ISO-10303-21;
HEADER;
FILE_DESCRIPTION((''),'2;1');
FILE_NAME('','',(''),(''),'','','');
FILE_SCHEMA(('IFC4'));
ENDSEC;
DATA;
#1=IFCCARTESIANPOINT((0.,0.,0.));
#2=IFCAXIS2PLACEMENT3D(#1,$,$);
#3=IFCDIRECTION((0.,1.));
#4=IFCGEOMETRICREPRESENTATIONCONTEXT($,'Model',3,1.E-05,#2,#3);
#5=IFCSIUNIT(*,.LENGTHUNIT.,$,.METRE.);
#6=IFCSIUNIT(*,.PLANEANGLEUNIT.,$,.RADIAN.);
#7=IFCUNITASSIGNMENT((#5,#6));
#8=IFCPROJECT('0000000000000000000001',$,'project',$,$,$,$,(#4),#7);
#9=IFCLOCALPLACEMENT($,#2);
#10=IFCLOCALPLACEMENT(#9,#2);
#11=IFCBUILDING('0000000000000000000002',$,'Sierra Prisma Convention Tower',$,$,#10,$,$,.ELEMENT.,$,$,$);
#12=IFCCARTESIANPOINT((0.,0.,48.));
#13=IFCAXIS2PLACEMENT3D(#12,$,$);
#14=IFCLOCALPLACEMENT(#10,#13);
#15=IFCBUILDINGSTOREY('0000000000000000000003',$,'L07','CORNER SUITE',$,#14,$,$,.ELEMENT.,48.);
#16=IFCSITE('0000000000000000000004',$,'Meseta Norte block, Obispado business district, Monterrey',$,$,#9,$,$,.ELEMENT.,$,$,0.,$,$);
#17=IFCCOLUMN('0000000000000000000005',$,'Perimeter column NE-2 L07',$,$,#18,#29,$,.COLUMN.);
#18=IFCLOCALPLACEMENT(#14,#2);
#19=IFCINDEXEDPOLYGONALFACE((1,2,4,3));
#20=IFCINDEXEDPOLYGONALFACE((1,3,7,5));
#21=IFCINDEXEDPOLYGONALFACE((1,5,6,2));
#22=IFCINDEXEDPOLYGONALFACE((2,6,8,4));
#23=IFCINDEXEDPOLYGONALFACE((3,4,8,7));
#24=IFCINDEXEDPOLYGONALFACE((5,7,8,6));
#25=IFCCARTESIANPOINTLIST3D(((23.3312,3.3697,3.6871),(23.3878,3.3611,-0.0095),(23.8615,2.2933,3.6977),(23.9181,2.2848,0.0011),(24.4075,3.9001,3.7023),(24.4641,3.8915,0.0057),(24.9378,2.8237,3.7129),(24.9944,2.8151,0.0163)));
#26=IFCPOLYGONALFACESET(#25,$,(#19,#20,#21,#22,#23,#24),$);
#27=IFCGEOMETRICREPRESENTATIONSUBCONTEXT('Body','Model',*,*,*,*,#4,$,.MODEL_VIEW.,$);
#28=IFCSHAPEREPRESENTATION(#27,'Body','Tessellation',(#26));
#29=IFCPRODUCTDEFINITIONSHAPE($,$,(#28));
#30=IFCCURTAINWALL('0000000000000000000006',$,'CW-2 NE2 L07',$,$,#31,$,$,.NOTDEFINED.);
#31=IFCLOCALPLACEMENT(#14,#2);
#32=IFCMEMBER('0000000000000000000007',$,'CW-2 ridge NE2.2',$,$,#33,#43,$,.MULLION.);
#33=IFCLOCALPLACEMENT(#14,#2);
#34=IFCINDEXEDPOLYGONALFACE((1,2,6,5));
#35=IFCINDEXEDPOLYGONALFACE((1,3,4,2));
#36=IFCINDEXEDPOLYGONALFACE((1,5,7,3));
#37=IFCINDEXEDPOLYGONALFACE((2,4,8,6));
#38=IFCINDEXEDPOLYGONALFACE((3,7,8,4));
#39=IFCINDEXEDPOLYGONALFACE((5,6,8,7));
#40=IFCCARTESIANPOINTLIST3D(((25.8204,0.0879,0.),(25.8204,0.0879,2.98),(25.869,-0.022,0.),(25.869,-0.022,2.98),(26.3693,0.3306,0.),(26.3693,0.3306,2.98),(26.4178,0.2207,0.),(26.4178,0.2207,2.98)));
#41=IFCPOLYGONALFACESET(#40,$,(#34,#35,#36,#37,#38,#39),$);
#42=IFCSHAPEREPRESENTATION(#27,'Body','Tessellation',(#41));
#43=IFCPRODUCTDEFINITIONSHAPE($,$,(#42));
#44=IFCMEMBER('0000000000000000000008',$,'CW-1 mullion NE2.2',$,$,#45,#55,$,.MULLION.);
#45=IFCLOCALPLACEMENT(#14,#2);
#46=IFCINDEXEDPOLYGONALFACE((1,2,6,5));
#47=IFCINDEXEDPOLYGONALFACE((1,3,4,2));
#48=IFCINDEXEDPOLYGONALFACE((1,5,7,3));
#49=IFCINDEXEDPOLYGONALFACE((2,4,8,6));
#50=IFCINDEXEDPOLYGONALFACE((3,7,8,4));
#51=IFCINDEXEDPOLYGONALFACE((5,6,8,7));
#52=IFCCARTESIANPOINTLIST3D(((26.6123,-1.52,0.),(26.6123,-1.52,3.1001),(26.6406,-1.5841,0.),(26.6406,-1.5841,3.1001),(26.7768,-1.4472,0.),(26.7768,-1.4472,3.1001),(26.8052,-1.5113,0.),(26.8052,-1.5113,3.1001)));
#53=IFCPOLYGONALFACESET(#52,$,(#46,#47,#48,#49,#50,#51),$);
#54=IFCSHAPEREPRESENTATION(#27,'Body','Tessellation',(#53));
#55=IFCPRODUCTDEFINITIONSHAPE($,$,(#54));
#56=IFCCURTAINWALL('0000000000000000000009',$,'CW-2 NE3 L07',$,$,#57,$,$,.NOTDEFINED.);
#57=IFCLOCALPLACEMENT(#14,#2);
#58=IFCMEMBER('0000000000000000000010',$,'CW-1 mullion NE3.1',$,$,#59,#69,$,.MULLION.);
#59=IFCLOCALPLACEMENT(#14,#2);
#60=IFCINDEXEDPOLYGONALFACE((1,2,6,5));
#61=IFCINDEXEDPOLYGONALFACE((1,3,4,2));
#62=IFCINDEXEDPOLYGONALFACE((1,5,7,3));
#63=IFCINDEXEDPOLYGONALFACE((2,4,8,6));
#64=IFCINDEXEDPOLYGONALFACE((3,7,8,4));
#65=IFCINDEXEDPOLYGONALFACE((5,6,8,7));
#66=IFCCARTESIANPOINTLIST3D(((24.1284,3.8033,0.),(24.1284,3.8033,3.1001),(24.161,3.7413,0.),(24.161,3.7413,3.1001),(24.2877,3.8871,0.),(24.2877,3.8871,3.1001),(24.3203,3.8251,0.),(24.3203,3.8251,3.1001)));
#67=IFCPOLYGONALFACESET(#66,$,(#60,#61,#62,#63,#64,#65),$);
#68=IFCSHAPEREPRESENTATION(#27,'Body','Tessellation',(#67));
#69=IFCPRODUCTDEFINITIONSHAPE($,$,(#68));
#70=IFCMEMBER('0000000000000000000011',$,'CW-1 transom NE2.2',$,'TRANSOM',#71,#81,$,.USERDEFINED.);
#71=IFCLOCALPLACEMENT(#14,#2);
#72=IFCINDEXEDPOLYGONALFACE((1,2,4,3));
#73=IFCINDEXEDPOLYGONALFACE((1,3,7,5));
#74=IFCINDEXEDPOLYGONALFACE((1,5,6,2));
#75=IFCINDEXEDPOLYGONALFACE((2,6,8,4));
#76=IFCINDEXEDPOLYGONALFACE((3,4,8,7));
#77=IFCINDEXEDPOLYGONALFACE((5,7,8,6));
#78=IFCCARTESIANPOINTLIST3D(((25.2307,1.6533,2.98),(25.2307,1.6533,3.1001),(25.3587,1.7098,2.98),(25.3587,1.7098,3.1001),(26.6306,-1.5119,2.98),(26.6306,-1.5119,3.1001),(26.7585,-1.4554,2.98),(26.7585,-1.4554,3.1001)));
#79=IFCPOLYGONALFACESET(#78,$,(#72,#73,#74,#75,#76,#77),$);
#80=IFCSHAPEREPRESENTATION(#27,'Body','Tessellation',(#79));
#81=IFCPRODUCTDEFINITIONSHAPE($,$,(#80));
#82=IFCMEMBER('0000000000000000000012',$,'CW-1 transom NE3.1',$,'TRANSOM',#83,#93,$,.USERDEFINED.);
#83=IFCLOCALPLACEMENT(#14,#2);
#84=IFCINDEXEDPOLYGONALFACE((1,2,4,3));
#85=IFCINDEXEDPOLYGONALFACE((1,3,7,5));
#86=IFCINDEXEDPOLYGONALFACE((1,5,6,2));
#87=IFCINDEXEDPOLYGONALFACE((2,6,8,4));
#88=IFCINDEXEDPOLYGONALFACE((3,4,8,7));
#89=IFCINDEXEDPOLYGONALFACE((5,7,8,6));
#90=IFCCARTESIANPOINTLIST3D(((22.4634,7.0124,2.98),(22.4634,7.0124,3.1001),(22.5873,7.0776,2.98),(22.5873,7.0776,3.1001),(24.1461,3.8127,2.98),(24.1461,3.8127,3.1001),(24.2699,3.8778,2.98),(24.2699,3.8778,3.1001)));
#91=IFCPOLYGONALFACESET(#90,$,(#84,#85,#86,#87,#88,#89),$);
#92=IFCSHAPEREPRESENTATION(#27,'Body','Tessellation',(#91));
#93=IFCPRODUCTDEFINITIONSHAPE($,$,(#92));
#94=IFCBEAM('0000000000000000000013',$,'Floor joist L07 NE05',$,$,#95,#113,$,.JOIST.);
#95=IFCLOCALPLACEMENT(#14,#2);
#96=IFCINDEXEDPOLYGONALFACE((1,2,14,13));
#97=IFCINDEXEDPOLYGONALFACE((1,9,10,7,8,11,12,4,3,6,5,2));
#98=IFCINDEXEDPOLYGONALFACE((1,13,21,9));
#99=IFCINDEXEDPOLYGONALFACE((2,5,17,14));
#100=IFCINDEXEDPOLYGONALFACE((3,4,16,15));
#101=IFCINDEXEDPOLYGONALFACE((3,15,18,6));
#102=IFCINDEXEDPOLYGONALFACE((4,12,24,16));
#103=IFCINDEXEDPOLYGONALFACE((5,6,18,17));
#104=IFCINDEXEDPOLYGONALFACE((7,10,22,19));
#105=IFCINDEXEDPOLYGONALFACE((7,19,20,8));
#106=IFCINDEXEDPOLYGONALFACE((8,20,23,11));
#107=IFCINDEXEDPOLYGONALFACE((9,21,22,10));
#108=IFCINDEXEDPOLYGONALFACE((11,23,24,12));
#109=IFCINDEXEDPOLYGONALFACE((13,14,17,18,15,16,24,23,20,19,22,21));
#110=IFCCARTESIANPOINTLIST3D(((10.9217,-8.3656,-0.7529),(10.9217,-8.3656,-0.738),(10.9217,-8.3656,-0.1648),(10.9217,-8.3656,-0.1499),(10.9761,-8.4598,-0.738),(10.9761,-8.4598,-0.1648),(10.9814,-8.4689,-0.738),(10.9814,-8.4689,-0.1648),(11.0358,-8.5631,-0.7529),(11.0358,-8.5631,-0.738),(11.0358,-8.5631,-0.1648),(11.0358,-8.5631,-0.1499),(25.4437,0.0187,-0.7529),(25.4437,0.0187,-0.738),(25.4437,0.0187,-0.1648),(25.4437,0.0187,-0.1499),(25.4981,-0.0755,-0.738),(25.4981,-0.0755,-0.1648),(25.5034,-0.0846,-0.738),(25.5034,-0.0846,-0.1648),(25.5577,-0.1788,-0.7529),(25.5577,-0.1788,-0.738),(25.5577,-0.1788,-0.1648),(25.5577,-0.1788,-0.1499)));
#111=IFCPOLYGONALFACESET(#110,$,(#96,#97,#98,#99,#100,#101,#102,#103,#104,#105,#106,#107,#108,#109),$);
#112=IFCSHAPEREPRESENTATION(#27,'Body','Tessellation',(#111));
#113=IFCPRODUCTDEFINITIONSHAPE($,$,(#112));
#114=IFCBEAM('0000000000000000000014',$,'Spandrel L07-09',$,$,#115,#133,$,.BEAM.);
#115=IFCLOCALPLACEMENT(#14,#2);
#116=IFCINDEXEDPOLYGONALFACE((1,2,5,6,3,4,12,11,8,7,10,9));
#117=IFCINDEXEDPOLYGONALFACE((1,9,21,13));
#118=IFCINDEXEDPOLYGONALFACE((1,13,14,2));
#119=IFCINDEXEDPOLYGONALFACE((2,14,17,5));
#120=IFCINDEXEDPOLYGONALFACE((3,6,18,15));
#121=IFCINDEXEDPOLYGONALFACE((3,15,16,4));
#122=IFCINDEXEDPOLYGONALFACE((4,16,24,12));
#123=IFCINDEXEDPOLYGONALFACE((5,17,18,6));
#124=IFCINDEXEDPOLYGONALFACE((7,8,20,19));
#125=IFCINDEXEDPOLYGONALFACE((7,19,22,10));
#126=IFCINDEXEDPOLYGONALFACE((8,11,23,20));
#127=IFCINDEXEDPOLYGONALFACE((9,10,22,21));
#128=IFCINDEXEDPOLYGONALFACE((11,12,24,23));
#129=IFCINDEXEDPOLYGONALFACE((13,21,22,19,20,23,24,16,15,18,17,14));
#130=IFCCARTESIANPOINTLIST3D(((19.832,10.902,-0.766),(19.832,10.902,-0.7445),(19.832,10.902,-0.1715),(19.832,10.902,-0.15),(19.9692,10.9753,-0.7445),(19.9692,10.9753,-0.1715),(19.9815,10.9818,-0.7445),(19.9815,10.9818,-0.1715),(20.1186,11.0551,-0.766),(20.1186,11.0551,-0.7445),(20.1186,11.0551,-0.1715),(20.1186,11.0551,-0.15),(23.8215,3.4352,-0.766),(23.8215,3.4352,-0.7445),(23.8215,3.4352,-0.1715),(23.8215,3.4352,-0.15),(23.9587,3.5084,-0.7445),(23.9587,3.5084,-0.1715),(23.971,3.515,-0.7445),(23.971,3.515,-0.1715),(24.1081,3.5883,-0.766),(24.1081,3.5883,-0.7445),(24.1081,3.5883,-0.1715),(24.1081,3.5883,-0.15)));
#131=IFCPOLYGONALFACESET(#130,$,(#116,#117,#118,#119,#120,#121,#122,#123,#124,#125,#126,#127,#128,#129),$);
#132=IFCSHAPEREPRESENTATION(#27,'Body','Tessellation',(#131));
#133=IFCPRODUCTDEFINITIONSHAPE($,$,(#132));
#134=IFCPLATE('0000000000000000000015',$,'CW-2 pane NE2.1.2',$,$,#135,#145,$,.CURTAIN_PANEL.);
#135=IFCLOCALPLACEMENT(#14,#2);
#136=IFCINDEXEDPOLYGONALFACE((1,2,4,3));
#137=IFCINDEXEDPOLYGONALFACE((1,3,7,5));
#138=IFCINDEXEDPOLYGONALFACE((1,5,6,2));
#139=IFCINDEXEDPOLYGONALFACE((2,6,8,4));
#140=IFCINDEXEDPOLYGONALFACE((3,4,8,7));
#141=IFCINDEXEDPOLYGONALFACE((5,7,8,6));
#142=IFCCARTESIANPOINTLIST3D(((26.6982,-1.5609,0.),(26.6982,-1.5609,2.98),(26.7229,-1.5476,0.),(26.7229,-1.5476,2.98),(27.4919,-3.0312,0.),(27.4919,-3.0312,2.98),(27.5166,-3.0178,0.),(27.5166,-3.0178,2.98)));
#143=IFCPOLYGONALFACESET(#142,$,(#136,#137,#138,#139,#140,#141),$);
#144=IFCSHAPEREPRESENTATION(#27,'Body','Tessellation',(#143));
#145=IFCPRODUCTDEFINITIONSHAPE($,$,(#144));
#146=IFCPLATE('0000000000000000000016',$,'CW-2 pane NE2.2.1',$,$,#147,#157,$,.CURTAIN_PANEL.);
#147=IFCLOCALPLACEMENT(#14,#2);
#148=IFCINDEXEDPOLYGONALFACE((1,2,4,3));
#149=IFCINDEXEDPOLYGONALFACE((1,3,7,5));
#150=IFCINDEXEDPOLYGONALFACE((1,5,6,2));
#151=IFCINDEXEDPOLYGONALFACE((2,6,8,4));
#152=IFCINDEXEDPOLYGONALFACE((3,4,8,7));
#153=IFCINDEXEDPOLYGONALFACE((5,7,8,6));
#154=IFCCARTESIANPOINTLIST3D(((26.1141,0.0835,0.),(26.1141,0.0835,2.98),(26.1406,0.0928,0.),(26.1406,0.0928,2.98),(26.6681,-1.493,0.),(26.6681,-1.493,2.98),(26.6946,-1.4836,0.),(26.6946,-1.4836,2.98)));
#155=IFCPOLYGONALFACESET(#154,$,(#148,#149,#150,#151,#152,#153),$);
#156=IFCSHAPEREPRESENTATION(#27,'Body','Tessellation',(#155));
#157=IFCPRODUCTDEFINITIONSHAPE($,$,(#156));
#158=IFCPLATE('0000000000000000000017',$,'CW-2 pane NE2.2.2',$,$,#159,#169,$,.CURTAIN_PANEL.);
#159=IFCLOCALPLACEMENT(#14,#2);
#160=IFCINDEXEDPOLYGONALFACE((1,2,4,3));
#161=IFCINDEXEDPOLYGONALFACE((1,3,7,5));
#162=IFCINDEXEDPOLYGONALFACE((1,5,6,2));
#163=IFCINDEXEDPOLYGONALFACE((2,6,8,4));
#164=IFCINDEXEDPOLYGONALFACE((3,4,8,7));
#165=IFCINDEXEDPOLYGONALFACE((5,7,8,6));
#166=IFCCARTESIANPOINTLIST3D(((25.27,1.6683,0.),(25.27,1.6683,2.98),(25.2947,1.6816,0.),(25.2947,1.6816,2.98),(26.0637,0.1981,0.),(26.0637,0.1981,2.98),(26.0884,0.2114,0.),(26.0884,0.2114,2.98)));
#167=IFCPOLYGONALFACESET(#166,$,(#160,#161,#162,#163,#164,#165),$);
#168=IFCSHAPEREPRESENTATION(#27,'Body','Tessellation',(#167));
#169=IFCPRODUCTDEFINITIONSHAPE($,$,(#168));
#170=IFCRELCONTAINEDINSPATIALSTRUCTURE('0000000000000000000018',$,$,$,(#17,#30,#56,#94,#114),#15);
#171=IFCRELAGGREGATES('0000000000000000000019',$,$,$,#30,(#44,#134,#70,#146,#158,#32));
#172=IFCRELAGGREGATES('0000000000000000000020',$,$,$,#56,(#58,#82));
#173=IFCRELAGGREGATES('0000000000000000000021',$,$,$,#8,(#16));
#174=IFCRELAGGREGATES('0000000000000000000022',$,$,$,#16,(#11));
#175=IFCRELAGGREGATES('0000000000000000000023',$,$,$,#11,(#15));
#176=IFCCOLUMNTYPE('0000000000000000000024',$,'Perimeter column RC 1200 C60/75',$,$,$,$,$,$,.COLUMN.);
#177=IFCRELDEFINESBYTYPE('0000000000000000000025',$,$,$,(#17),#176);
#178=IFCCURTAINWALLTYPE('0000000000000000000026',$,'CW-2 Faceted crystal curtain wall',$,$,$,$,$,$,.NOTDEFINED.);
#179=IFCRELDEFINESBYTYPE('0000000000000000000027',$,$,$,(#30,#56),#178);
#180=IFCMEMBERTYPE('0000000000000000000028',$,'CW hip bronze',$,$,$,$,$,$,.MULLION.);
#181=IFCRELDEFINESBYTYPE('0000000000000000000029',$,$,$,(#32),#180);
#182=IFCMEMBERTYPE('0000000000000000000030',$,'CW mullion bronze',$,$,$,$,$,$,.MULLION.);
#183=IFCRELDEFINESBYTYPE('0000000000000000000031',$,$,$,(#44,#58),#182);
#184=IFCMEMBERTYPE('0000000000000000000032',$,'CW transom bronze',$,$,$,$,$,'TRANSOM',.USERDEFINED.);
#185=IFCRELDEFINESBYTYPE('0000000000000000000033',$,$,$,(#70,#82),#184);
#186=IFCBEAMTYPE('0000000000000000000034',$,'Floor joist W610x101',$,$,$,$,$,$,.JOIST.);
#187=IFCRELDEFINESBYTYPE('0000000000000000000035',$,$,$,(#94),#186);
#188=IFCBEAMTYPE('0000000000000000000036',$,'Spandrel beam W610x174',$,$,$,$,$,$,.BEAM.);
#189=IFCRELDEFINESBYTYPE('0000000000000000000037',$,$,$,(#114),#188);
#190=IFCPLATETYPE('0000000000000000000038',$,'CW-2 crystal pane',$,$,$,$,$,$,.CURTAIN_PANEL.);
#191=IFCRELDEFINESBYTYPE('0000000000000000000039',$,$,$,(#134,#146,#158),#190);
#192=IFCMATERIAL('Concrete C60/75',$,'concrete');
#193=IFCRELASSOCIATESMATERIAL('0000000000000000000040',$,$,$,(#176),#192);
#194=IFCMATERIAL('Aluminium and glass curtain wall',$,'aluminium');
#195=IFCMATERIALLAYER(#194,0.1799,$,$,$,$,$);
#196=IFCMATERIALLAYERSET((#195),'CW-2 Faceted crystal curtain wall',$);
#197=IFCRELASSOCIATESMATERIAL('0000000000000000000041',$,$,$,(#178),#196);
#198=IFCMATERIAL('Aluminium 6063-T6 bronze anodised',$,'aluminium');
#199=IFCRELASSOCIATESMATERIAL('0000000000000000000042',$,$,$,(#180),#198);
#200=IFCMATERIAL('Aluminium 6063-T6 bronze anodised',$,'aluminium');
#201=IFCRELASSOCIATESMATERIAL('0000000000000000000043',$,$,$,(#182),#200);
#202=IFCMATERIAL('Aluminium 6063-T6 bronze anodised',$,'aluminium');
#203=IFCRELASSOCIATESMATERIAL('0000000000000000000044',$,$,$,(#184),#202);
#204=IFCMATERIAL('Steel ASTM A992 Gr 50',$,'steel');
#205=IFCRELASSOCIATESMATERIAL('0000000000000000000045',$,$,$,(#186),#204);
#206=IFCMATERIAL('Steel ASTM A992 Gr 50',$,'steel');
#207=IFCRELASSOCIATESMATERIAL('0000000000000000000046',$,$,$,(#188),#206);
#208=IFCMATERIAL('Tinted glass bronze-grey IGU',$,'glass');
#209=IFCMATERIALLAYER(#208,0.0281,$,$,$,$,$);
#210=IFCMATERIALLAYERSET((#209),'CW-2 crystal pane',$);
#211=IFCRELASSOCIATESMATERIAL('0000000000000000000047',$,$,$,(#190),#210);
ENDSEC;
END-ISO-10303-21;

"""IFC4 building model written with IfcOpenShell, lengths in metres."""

from ifc_helpers import new_model, si_unit, direction, frame, origin, origin_2d, place, context, subcontext, project, spatial, polyline, rectangle, i_section, outline, extrude, clip, halfspace, material, layer, layer_set, material_profile, profile_set, type_object, element, aggregate, save


model = new_model("IFC4")

# Units and contexts
model_context = context("Model", 3, precision=1e-05, world=origin(), true_north=direction((0.0, 1.0)))
body_context = subcontext(model_context, "Body", "Model", "MODEL_VIEW")
ifc_project = project(units=[si_unit("LENGTHUNIT", "METRE"), si_unit("PLANEANGLEUNIT", "RADIAN")], contexts=[model_context])

# Site, building, storey
site_placement = place(None, origin())
site = spatial("IfcSite", under=ifc_project, at=site_placement, Name="Meseta Norte block, Obispado business district, Monterrey", CompositionType="ELEMENT", RefElevation=0.0)
building_placement = place(site_placement, origin())
building = spatial("IfcBuilding", under=site, at=building_placement, Name="Sierra Prisma Convention Tower", CompositionType="ELEMENT")
storey_placement = place(building_placement, frame((0.0, 0.0, 48.0)))
storey = spatial("IfcBuildingStorey", under=building, at=storey_placement, Name="L07", Description="CORNER SUITE", CompositionType="ELEMENT", Elevation=48.0)

# Column
ifc_material_1 = material(Name="Concrete C60/75", Category="concrete")
ifc_material_profile_1 = material_profile(ifc_material_1, rectangle(XDim=1.2, YDim=1.2, at=origin_2d()), Name="Perimeter column RC 1200 C60/75")
ifc_profile_set_1 = profile_set([ifc_material_profile_1], Name="Concrete C60/75")
column_type = type_object("IfcColumnType", Name="Perimeter column RC 1200 C60/75", PredefinedType="COLUMN", material=ifc_profile_set_1)
column_placement = place(storey_placement, frame((24.1912, 3.0881, 0.0), z_axis=(-0.015307, 0.002309, 0.99988), x_axis=(-0.441921, 0.897011, -0.008837)))
element("IfcColumn", 1, at=column_placement, inside=storey, type_object=column_type, Name="Perimeter column NE-2 L07", PredefinedType="COLUMN", context=body_context, shape_type="SweptSolid", body=[
    clip(extrude(rectangle(XDim=1.2, YDim=1.2, at=origin_2d()), origin(), (0.0, 0.0, 1.0), 3.7004), halfspace(frame((0.0, 0.0, 0.0034)), True)),
])

# Curtain wall, members
ifc_material_2 = material(Name="Aluminium and glass curtain wall", Category="aluminium")
ifc_layer_1 = layer(ifc_material_2, 0.1799)
ifc_layer_set_1 = layer_set([ifc_layer_1], Name="CW-2 Faceted crystal curtain wall")
curtain_wall_type = type_object("IfcCurtainWallType", Name="CW-2 Faceted crystal curtain wall", PredefinedType="NOTDEFINED", material=ifc_layer_set_1)
curtain_wall_1_placement = place(storey_placement, origin())
curtain_wall_1 = element("IfcCurtainWall", 2, at=curtain_wall_1_placement, inside=storey, type_object=curtain_wall_type, Name="CW-2 NE2 L07", PredefinedType="NOTDEFINED")
ifc_material_3 = material(Name="Aluminium 6063-T6 bronze anodised", Category="aluminium")
ifc_material_profile_2 = material_profile(ifc_material_3, rectangle(XDim=0.1201, YDim=0.6001, at=origin_2d()), Name="ALU RIDGE BLADE 120x600")
ifc_profile_set_2 = profile_set([ifc_material_profile_2], Name="Aluminium 6063-T6 bronze anodised")
member_type_1 = type_object("IfcMemberType", Name="CW hip bronze", PredefinedType="MULLION", material=ifc_profile_set_2)
member_1_placement = place(storey_placement, frame((26.1191, 0.1543, 0.0), z_axis=(0.0, 0.0, 1.0), x_axis=(-0.404506, 0.914535, 0.0)))
member_1 = element("IfcMember", 3, at=member_1_placement, type_object=member_type_1, Name="CW-2 ridge NE2.2", PredefinedType="MULLION", context=body_context, shape_type="SweptSolid", body=[
    extrude(rectangle(XDim=0.1201, YDim=0.6001, at=origin_2d()), origin(), (0.0, 0.0, 1.0), 2.98),
])
ifc_material_4 = material(Name="Aluminium 6063-T6 bronze anodised", Category="aluminium")
ifc_material_profile_3 = material_profile(ifc_material_4, rectangle(XDim=0.1799, YDim=0.0701, at=origin_2d()), Name="ALU MULLION 70x180")
ifc_profile_set_3 = profile_set([ifc_material_profile_3], Name="Aluminium 6063-T6 bronze anodised")
member_type_2 = type_object("IfcMemberType", Name="CW mullion bronze", PredefinedType="MULLION", material=ifc_profile_set_3)
member_2_placement = place(storey_placement, frame((26.7087, -1.5156, 0.0), z_axis=(0.0, 0.0, 1.0), x_axis=(-0.914535, -0.404506, 0.0)))
member_2 = element("IfcMember", 4, at=member_2_placement, type_object=member_type_2, Name="CW-1 mullion NE2.2", PredefinedType="MULLION", context=body_context, shape_type="SweptSolid", body=[
    extrude(rectangle(XDim=0.1799, YDim=0.0701, at=origin_2d()), origin(), (0.0, 0.0, 1.0), 3.1001),
])

# Curtain wall, member
curtain_wall_2_placement = place(storey_placement, origin())
curtain_wall_2 = element("IfcCurtainWall", 5, at=curtain_wall_2_placement, inside=storey, type_object=curtain_wall_type, Name="CW-2 NE3 L07", PredefinedType="NOTDEFINED")
member_3_placement = place(storey_placement, frame((24.2244, 3.8142, 0.0), z_axis=(0.0, 0.0, 1.0), x_axis=(-0.885085, -0.46543, 0.0)))
member_3 = element("IfcMember", 6, at=member_3_placement, type_object=member_type_2, Name="CW-1 mullion NE3.1", PredefinedType="MULLION", context=body_context, shape_type="SweptSolid", body=[
    extrude(rectangle(XDim=0.1799, YDim=0.0701, at=origin_2d()), origin(), (0.0, 0.0, 1.0), 3.1001),
])

# Members
ifc_material_5 = material(Name="Aluminium 6063-T6 bronze anodised", Category="aluminium")
ifc_material_profile_4 = material_profile(ifc_material_5, rectangle(XDim=0.1399, YDim=0.1201, at=origin_2d()), Name="ALU TRANSOM 120x140")
ifc_profile_set_4 = profile_set([ifc_material_profile_4], Name="Aluminium 6063-T6 bronze anodised")
member_type_3 = type_object("IfcMemberType", Name="CW transom bronze", ElementType="TRANSOM", PredefinedType="USERDEFINED", material=ifc_profile_set_4)
member_4_placement = place(storey_placement, frame((26.6946, -1.4836, 3.04), z_axis=(-0.404475, 0.914549, 0.0), x_axis=(-0.914549, -0.404475, 0.0)))
member_4 = element("IfcMember", 7, at=member_4_placement, type_object=member_type_3, Name="CW-1 transom NE2.2", ObjectType="TRANSOM", PredefinedType="USERDEFINED", context=body_context, shape_type="SweptSolid", body=[
    extrude(rectangle(XDim=0.1399, YDim=0.1201, at=origin_2d()), origin(), (0.0, 0.0, 1.0), 3.4609),
])
member_5_placement = place(storey_placement, frame((24.208, 3.8452, 3.04), z_axis=(-0.465435, 0.885082, 0.0), x_axis=(-0.885082, -0.465435, 0.0)))
member_5 = element("IfcMember", 8, at=member_5_placement, type_object=member_type_3, Name="CW-1 transom NE3.1", ObjectType="TRANSOM", PredefinedType="USERDEFINED", context=body_context, shape_type="SweptSolid", body=[
    extrude(rectangle(XDim=0.1399, YDim=0.1201, at=origin_2d()), origin(), (0.0, 0.0, 1.0), 3.6152),
])

# Beams
ifc_material_6 = material(Name="Steel ASTM A992 Gr 50", Category="steel")
ifc_material_profile_5 = material_profile(ifc_material_6, i_section(OverallWidth=0.228, OverallDepth=0.603, WebThickness=0.0105, FlangeThickness=0.0149, at=origin_2d()), Name="W610x101")
ifc_profile_set_5 = profile_set([ifc_material_profile_5], Name="Steel ASTM A992 Gr 50")
beam_type_1 = type_object("IfcBeamType", Name="Floor joist W610x101", PredefinedType="JOIST", material=ifc_profile_set_5)
beam_1_placement = place(storey_placement, frame((25.5007, -0.0801, -0.4514), z_axis=(-0.866025, -0.500001, 0.0), x_axis=(0.500001, -0.866025, 0.0)))
element("IfcBeam", 9, at=beam_1_placement, inside=storey, type_object=beam_type_1, Name="Floor joist L07 NE05", PredefinedType="JOIST", context=body_context, shape_type="SweptSolid", body=[
    extrude(i_section(OverallWidth=0.228, OverallDepth=0.603, WebThickness=0.0105, FlangeThickness=0.0149, at=origin_2d()), origin(), (0.0, 0.0, 1.0), 16.7686),
])
ifc_material_7 = material(Name="Steel ASTM A992 Gr 50", Category="steel")
ifc_material_profile_6 = material_profile(ifc_material_7, i_section(OverallWidth=0.325, OverallDepth=0.616, WebThickness=0.0139, FlangeThickness=0.0215, at=origin_2d()), Name="W610x174")
ifc_profile_set_6 = profile_set([ifc_material_profile_6], Name="Steel ASTM A992 Gr 50")
beam_type_2 = type_object("IfcBeamType", Name="Spandrel beam W610x174", PredefinedType="BEAM", material=ifc_profile_set_6)
beam_2_placement = place(storey_placement, frame((23.9648, 3.5117, -0.458), z_axis=(-0.471251, 0.881999, 0.0), x_axis=(-0.881999, -0.471251, 0.0)))
element("IfcBeam", 10, at=beam_2_placement, inside=storey, type_object=beam_type_2, Name="Spandrel L07-09", PredefinedType="BEAM", context=body_context, shape_type="SweptSolid", body=[
    extrude(i_section(OverallWidth=0.325, OverallDepth=0.616, WebThickness=0.0139, FlangeThickness=0.0215, at=origin_2d()), origin(), (0.0, 0.0, 1.0), 8.4658),
])

# Plates
ifc_material_8 = material(Name="Tinted glass bronze-grey IGU", Category="glass")
ifc_layer_2 = layer(ifc_material_8, 0.0281)
ifc_layer_set_2 = layer_set([ifc_layer_2], Name="CW-2 crystal pane")
plate_type = type_object("IfcPlateType", Name="CW-2 crystal pane", PredefinedType="CURTAIN_PANEL", material=ifc_layer_set_2)
plate_1_placement = place(storey_placement, frame((26.7229, -1.5476, 0.0), z_axis=(0.879959, 0.475049, 0.0), x_axis=(0.475049, -0.879959, 0.0)))
plate_1 = element("IfcPlate", 11, at=plate_1_placement, type_object=plate_type, Name="CW-2 pane NE2.1.2", PredefinedType="CURTAIN_PANEL", context=body_context, shape_type="SweptSolid", body=[
    extrude(outline(polyline([(0.0, 0.0), (1.6708, 0.0), (1.6708, -2.98), (0.0, -2.98), (0.0, 0.0)])), origin(), (0.0, 0.0, -1.0), 0.0281),
])
plate_2_placement = place(storey_placement, frame((26.6946, -1.4836, 0.0), z_axis=(0.943445, 0.331528, 0.0), x_axis=(-0.331528, 0.943445, 0.0)))
plate_2 = element("IfcPlate", 12, at=plate_2_placement, type_object=plate_type, Name="CW-2 pane NE2.2.1", PredefinedType="CURTAIN_PANEL", context=body_context, shape_type="SweptSolid", body=[
    extrude(outline(polyline([(0.0, 0.0), (1.6709, 0.0), (1.6709, 2.98), (0.0, 2.98), (0.0, 0.0)])), origin(), (0.0, 0.0, -1.0), 0.0281),
])
plate_3_placement = place(storey_placement, frame((25.2947, 1.6816, 0.0), z_axis=(0.879959, 0.475049, 0.0), x_axis=(0.475049, -0.879959, 0.0)))
plate_3 = element("IfcPlate", 13, at=plate_3_placement, type_object=plate_type, Name="CW-2 pane NE2.2.2", PredefinedType="CURTAIN_PANEL", context=body_context, shape_type="SweptSolid", body=[
    extrude(outline(polyline([(0.0, 0.0), (1.6708, 0.0), (1.6708, -2.98), (0.0, -2.98), (0.0, 0.0)])), origin(), (0.0, 0.0, -1.0), 0.0281),
])
aggregate(curtain_wall_1, [member_2, plate_1, member_4, plate_2, plate_3, member_1])
aggregate(curtain_wall_2, [member_3, member_5])

save(model, "model.ifc")
